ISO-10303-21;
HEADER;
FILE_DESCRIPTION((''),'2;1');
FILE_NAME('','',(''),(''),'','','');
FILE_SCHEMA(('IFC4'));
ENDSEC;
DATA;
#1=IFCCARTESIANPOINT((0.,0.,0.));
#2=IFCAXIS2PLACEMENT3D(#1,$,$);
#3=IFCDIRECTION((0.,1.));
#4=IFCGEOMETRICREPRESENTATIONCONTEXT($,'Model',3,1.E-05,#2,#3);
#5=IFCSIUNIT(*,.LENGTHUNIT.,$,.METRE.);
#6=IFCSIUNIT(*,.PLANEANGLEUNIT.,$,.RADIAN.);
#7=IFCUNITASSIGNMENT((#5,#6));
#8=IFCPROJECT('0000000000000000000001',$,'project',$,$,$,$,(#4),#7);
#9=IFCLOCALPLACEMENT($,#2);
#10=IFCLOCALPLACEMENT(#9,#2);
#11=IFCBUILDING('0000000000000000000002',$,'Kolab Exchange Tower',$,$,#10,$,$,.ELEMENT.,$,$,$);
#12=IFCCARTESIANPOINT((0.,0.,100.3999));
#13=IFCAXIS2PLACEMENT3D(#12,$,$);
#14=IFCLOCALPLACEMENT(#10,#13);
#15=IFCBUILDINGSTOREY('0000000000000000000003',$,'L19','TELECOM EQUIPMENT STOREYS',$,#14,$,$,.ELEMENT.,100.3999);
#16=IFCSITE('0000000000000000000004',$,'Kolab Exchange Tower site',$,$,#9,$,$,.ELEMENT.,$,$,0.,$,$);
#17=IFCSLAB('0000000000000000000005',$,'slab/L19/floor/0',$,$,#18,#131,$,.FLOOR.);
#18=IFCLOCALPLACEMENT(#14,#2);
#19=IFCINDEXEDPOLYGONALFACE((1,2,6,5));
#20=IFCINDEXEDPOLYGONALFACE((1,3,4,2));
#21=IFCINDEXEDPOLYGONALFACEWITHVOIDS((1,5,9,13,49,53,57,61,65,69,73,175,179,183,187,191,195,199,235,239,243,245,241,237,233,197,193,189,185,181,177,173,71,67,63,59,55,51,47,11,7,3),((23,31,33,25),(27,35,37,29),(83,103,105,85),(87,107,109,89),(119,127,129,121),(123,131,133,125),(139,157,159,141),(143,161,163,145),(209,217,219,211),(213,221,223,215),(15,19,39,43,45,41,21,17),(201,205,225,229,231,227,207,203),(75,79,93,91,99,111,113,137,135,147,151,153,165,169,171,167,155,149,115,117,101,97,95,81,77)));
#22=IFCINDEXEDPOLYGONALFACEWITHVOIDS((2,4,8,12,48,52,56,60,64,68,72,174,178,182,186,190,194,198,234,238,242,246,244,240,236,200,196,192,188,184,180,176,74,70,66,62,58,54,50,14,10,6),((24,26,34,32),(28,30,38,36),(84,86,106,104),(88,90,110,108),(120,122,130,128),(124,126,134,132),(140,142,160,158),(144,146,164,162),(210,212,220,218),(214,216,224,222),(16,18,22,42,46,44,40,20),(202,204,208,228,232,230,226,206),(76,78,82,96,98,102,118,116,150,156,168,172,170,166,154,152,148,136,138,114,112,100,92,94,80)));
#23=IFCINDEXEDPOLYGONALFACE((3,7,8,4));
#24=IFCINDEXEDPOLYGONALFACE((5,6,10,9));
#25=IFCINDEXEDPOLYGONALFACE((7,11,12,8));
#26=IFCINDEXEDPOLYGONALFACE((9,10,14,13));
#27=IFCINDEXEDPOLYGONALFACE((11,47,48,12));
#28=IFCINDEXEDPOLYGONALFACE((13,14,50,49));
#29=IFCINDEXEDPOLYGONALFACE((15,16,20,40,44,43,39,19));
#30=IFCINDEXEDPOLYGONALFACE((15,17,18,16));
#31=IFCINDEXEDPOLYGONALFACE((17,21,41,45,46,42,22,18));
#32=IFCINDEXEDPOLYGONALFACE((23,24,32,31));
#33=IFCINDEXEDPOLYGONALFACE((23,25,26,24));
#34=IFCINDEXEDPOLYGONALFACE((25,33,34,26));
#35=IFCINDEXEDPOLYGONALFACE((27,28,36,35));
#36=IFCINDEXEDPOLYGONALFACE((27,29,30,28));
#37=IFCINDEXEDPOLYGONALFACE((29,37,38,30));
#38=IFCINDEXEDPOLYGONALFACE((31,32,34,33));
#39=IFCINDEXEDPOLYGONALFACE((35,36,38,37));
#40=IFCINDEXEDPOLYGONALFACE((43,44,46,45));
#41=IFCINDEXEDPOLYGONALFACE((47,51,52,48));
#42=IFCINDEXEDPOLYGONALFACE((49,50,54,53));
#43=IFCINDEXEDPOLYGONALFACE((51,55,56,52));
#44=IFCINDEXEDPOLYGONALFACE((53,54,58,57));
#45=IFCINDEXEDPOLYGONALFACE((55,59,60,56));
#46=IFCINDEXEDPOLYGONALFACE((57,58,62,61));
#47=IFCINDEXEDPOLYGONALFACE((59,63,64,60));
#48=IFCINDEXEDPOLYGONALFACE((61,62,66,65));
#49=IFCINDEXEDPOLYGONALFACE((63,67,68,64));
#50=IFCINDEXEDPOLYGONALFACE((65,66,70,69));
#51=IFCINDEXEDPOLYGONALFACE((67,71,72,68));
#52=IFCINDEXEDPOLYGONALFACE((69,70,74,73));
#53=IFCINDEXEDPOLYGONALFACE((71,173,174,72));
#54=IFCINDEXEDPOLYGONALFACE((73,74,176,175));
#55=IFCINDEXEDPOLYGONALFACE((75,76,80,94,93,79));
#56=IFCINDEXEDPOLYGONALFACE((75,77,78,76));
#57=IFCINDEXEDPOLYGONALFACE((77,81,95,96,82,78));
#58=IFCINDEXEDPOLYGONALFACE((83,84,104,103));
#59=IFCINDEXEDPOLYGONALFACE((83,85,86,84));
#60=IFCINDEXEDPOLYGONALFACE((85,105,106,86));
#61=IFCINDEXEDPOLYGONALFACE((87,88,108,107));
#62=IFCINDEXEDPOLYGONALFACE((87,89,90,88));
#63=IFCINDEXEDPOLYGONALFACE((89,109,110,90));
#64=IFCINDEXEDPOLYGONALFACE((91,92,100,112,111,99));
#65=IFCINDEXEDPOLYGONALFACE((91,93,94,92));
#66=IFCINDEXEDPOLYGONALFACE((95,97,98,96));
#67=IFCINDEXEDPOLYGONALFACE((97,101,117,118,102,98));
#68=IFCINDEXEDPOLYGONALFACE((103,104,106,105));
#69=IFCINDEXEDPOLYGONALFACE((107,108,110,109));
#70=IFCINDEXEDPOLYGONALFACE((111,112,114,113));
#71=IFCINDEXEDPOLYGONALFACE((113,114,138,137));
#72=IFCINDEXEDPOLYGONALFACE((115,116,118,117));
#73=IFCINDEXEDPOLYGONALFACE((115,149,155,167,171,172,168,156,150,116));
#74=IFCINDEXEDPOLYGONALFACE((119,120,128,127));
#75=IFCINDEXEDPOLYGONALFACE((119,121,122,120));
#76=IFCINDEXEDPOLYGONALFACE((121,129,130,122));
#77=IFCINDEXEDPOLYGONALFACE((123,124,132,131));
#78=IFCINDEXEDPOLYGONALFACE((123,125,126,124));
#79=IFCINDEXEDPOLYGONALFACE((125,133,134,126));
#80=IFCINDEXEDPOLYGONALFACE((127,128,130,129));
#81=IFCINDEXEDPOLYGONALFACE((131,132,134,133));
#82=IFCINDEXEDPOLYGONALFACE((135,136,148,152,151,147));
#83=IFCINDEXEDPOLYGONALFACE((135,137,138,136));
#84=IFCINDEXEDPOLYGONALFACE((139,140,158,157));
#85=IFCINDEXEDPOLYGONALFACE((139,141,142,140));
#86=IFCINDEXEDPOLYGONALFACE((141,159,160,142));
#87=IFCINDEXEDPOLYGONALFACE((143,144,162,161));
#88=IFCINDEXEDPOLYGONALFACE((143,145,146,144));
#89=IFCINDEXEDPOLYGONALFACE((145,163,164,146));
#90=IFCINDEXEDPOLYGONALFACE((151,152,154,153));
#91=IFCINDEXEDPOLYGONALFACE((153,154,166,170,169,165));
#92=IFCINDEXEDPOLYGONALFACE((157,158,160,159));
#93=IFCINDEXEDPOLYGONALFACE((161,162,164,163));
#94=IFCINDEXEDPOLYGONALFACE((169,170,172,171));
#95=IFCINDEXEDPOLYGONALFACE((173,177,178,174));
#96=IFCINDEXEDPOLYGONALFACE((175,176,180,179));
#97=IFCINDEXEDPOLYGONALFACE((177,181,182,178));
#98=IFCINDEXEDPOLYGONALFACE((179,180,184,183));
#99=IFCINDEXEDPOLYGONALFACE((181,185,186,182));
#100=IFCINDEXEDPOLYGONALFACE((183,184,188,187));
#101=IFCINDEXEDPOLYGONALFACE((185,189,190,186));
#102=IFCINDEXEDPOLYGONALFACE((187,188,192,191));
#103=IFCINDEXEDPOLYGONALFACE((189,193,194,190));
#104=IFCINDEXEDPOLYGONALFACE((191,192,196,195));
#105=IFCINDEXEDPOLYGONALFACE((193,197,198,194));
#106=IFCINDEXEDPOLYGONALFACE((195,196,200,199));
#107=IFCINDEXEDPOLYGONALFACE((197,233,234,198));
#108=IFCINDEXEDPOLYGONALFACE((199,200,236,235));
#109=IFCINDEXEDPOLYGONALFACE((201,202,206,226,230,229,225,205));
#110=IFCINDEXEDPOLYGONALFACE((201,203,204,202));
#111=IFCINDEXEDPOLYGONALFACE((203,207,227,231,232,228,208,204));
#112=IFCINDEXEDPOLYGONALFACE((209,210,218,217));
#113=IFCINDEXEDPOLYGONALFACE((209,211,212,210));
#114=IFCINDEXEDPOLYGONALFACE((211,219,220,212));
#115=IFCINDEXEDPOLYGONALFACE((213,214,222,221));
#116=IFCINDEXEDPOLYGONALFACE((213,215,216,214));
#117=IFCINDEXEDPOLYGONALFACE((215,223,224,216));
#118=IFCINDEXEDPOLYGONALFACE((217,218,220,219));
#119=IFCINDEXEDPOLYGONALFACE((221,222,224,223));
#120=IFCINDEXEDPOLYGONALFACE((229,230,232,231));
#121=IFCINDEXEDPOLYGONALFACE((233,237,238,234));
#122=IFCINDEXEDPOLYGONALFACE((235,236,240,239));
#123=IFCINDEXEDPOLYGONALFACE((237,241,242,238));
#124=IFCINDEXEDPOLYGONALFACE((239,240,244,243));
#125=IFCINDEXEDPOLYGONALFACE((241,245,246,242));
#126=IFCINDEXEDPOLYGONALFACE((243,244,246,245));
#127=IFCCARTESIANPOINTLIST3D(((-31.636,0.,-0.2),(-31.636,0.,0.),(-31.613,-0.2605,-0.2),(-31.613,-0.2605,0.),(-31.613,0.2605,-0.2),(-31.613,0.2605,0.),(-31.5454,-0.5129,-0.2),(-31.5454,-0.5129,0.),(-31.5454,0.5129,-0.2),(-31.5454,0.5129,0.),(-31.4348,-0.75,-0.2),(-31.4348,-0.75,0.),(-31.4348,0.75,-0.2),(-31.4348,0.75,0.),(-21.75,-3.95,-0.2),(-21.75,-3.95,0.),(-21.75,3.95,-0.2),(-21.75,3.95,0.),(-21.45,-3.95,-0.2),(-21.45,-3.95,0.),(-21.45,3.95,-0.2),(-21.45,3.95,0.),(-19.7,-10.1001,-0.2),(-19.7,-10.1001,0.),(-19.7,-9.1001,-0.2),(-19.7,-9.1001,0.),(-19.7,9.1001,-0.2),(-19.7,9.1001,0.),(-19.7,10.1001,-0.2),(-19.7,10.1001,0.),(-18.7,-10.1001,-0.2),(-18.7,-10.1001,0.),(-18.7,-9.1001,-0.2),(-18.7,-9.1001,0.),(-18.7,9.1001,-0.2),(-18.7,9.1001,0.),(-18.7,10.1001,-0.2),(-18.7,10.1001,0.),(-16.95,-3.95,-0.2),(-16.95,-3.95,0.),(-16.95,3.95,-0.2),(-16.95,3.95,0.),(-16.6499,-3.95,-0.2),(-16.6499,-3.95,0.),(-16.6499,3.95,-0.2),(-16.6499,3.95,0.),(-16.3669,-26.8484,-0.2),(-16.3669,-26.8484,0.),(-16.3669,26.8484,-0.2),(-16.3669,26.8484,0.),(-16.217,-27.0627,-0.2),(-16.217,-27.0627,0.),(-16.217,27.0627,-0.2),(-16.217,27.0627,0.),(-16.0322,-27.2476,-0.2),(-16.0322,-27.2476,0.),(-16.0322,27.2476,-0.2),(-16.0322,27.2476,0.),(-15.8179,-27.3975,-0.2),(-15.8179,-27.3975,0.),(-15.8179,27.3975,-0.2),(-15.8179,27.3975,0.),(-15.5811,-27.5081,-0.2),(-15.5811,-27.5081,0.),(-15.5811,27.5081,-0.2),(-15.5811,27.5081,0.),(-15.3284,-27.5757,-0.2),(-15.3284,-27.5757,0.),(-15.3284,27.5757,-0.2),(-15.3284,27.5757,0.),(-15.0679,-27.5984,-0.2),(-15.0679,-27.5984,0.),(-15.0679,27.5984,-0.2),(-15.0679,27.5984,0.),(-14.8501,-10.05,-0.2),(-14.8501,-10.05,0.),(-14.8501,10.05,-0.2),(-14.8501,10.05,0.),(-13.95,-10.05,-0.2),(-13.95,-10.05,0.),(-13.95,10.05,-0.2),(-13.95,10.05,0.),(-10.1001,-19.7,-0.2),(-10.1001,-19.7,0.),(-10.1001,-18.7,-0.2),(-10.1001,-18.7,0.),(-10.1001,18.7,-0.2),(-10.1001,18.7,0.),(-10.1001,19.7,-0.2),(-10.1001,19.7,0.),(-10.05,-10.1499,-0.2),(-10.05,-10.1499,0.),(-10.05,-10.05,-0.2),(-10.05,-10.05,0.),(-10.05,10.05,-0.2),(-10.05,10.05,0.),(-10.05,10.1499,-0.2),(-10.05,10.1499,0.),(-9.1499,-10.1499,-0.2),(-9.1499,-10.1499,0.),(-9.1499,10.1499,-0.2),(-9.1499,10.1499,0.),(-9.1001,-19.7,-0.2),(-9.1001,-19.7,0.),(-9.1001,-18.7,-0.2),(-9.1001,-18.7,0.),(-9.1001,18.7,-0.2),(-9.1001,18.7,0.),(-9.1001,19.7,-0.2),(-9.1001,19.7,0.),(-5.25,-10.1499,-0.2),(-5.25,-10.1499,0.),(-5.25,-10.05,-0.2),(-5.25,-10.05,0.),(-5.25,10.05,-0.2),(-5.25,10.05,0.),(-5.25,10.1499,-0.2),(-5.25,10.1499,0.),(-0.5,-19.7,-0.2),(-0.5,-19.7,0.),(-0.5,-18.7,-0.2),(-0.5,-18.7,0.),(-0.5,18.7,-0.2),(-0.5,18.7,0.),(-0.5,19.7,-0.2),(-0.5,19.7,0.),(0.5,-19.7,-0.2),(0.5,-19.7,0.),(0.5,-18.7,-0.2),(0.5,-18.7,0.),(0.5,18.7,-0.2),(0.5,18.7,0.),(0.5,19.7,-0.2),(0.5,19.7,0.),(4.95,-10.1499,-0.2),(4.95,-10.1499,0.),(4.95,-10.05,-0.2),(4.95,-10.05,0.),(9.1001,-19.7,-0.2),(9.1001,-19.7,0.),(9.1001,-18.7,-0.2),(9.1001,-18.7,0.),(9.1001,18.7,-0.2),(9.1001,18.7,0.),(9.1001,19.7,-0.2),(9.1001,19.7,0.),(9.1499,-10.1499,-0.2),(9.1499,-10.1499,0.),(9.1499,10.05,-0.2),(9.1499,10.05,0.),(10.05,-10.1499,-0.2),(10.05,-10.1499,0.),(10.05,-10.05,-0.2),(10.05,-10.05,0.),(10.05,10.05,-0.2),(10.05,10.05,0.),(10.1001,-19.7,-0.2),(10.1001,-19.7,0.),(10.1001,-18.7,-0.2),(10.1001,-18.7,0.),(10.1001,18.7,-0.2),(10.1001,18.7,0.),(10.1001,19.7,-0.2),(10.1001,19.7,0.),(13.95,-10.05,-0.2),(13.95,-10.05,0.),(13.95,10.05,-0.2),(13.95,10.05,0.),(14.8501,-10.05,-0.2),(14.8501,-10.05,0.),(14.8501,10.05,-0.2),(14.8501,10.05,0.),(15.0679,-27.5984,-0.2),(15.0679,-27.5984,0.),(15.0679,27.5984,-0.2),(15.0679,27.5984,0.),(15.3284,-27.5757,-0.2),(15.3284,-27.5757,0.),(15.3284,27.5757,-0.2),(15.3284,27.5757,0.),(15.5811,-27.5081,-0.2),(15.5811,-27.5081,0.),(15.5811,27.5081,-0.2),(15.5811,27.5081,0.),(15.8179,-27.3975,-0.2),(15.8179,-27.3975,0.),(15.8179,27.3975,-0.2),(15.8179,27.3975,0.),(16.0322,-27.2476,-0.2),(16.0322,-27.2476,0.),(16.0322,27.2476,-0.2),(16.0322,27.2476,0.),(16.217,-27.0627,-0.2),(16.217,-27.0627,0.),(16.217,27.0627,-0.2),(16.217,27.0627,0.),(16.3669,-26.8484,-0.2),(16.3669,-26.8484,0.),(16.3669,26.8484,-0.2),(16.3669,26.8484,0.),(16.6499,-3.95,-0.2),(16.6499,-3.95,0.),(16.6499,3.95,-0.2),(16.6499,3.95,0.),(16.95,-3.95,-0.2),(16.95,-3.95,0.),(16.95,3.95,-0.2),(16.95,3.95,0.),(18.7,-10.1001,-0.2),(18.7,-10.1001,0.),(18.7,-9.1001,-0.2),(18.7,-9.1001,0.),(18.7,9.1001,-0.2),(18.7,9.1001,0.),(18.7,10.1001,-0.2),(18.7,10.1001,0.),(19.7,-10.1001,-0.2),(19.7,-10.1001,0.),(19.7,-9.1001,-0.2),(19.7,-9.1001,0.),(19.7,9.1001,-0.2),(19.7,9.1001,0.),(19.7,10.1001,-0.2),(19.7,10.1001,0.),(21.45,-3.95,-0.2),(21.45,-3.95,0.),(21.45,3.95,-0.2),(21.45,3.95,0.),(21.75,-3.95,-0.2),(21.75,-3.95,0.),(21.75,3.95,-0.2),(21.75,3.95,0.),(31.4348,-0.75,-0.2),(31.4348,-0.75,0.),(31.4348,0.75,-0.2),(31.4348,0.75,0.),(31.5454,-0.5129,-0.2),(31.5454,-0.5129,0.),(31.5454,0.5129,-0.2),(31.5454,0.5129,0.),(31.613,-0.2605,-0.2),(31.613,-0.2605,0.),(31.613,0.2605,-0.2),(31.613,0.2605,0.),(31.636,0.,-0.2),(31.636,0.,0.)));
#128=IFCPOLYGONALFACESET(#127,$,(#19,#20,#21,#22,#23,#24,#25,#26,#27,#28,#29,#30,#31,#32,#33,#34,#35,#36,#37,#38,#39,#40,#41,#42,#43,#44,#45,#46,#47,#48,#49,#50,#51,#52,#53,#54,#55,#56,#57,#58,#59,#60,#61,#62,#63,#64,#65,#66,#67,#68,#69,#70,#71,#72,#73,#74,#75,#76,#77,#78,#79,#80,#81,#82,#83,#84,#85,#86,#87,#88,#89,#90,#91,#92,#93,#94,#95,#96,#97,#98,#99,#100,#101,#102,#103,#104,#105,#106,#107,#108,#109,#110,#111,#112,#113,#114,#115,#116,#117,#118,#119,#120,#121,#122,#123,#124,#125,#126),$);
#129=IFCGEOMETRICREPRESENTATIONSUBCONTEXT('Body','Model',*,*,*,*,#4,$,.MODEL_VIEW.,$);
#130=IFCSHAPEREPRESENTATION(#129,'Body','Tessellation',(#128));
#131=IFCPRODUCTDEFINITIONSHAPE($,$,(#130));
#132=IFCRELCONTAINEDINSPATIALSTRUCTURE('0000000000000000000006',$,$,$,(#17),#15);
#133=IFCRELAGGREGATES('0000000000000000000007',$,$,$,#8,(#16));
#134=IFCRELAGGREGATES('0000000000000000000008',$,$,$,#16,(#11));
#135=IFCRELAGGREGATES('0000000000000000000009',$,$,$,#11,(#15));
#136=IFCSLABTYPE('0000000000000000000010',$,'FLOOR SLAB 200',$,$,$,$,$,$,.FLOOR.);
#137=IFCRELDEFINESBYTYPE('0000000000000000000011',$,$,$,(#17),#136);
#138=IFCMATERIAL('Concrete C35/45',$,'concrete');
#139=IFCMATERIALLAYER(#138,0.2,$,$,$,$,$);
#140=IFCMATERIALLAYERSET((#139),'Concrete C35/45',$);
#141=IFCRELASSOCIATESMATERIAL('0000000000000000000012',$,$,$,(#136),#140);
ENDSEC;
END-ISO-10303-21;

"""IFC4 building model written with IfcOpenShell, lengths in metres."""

from ifc_helpers import new_model, si_unit, direction, frame, origin, place, context, subcontext, project, spatial, polyline, outline, extrude, material, layer, layer_set, type_object, element, save


model = new_model("IFC4")

# Units and contexts
model_context = context("Model", 3, precision=1e-05, world=origin(), true_north=direction((0.0, 1.0)))
body_context = subcontext(model_context, "Body", "Model", "MODEL_VIEW")
ifc_project = project(units=[si_unit("LENGTHUNIT", "METRE"), si_unit("PLANEANGLEUNIT", "RADIAN")], contexts=[model_context])

# Site, building, storey
site_placement = place(None, origin())
site = spatial("IfcSite", under=ifc_project, at=site_placement, Name="Kolab Exchange Tower site", CompositionType="ELEMENT", RefElevation=0.0)
building_placement = place(site_placement, origin())
building = spatial("IfcBuilding", under=site, at=building_placement, Name="Kolab Exchange Tower", CompositionType="ELEMENT")
storey_placement = place(building_placement, frame((0.0, 0.0, 100.3999)))
storey = spatial("IfcBuildingStorey", under=building, at=storey_placement, Name="L19", Description="TELECOM EQUIPMENT STOREYS", CompositionType="ELEMENT", Elevation=100.3999)

# Slab
ifc_material_1 = material(Name="Concrete C35/45", Category="concrete")
ifc_layer_1 = layer(ifc_material_1, 0.2)
ifc_layer_set_1 = layer_set([ifc_layer_1], Name="Concrete C35/45")
slab_type = type_object("IfcSlabType", Name="FLOOR SLAB 200", PredefinedType="FLOOR", material=ifc_layer_set_1)
slab_1_placement = place(storey_placement, frame((0.0, 0.0, -0.2)))
element("IfcSlab", 1, at=slab_1_placement, inside=storey, type_object=slab_type, Name="slab/L19/floor/0", PredefinedType="FLOOR", context=body_context, shape_type="SweptSolid", body=[
    extrude(outline(polyline([(16.3669, -26.8484), (31.4348, -0.75), (31.5454, -0.5129), (31.613, -0.2605), (31.636, 0.0), (31.613, 0.2605), (31.5454, 0.5129), (31.4348, 0.75), (16.3669, 26.8484), (16.217, 27.0627), (16.0322, 27.2476), (15.8179, 27.3975), (15.5811, 27.5081), (15.3284, 27.5757), (15.0679, 27.5984), (-15.0679, 27.5984), (-15.3284, 27.5757), (-15.5811, 27.5081), (-15.8179, 27.3975), (-16.0322, 27.2476), (-16.217, 27.0627), (-16.3669, 26.8484), (-31.4348, 0.75), (-31.5454, 0.5129), (-31.613, 0.2605), (-31.636, 0.0), (-31.613, -0.2605), (-31.5454, -0.5129), (-31.4348, -0.75), (-16.3669, -26.8484), (-16.217, -27.0627), (-16.0322, -27.2476), (-15.8179, -27.3975), (-15.5811, -27.5081), (-15.3284, -27.5757), (-15.0679, -27.5984), (15.0679, -27.5984), (15.3284, -27.5757), (15.5811, -27.5081), (15.8179, -27.3975), (16.0322, -27.2476), (16.217, -27.0627), (16.3669, -26.8484)]), holes=[polyline([(-13.95, -10.05), (-14.8501, -10.05), (-14.8501, 10.05), (-13.95, 10.05), (-10.05, 10.05), (-10.05, 10.1499), (-9.1499, 10.1499), (-5.25, 10.1499), (-5.25, 10.05), (9.1499, 10.05), (10.05, 10.05), (13.95, 10.05), (14.8501, 10.05), (14.8501, -10.05), (13.95, -10.05), (10.05, -10.05), (10.05, -10.1499), (9.1499, -10.1499), (4.95, -10.1499), (4.95, -10.05), (-5.25, -10.05), (-5.25, -10.1499), (-9.1499, -10.1499), (-10.05, -10.1499), (-10.05, -10.05), (-13.95, -10.05)]), polyline([(-18.7, -9.1001), (-18.7, -10.1001), (-19.7, -10.1001), (-19.7, -9.1001), (-18.7, -9.1001)]), polyline([(-21.45, -3.95), (-21.75, -3.95), (-21.75, 3.95), (-21.45, 3.95), (-16.95, 3.95), (-16.6499, 3.95), (-16.6499, -3.95), (-16.95, -3.95), (-21.45, -3.95)]), polyline([(-18.7, 10.1001), (-18.7, 9.1001), (-19.7, 9.1001), (-19.7, 10.1001), (-18.7, 10.1001)]), polyline([(-9.1001, -18.7), (-9.1001, -19.7), (-10.1001, -19.7), (-10.1001, -18.7), (-9.1001, -18.7)]), polyline([(-9.1001, 19.7), (-9.1001, 18.7), (-10.1001, 18.7), (-10.1001, 19.7), (-9.1001, 19.7)]), polyline([(9.1001, -18.7), (10.1001, -18.7), (10.1001, -19.7), (9.1001, -19.7), (9.1001, -18.7)]), polyline([(-0.5, -18.7), (0.5, -18.7), (0.5, -19.7), (-0.5, -19.7), (-0.5, -18.7)]), polyline([(0.5, 19.7), (0.5, 18.7), (-0.5, 18.7), (-0.5, 19.7), (0.5, 19.7)]), polyline([(10.1001, 19.7), (10.1001, 18.7), (9.1001, 18.7), (9.1001, 19.7), (10.1001, 19.7)]), polyline([(19.7, -9.1001), (19.7, -10.1001), (18.7, -10.1001), (18.7, -9.1001), (19.7, -9.1001)]), polyline([(21.45, 3.95), (21.75, 3.95), (21.75, -3.95), (21.45, -3.95), (16.95, -3.95), (16.6499, -3.95), (16.6499, 3.95), (16.95, 3.95), (21.45, 3.95)]), polyline([(19.7, 10.1001), (19.7, 9.1001), (18.7, 9.1001), (18.7, 10.1001), (19.7, 10.1001)])]), origin(), (0.0, 0.0, 1.0), 0.2),
])

save(model, "model.ifc")
